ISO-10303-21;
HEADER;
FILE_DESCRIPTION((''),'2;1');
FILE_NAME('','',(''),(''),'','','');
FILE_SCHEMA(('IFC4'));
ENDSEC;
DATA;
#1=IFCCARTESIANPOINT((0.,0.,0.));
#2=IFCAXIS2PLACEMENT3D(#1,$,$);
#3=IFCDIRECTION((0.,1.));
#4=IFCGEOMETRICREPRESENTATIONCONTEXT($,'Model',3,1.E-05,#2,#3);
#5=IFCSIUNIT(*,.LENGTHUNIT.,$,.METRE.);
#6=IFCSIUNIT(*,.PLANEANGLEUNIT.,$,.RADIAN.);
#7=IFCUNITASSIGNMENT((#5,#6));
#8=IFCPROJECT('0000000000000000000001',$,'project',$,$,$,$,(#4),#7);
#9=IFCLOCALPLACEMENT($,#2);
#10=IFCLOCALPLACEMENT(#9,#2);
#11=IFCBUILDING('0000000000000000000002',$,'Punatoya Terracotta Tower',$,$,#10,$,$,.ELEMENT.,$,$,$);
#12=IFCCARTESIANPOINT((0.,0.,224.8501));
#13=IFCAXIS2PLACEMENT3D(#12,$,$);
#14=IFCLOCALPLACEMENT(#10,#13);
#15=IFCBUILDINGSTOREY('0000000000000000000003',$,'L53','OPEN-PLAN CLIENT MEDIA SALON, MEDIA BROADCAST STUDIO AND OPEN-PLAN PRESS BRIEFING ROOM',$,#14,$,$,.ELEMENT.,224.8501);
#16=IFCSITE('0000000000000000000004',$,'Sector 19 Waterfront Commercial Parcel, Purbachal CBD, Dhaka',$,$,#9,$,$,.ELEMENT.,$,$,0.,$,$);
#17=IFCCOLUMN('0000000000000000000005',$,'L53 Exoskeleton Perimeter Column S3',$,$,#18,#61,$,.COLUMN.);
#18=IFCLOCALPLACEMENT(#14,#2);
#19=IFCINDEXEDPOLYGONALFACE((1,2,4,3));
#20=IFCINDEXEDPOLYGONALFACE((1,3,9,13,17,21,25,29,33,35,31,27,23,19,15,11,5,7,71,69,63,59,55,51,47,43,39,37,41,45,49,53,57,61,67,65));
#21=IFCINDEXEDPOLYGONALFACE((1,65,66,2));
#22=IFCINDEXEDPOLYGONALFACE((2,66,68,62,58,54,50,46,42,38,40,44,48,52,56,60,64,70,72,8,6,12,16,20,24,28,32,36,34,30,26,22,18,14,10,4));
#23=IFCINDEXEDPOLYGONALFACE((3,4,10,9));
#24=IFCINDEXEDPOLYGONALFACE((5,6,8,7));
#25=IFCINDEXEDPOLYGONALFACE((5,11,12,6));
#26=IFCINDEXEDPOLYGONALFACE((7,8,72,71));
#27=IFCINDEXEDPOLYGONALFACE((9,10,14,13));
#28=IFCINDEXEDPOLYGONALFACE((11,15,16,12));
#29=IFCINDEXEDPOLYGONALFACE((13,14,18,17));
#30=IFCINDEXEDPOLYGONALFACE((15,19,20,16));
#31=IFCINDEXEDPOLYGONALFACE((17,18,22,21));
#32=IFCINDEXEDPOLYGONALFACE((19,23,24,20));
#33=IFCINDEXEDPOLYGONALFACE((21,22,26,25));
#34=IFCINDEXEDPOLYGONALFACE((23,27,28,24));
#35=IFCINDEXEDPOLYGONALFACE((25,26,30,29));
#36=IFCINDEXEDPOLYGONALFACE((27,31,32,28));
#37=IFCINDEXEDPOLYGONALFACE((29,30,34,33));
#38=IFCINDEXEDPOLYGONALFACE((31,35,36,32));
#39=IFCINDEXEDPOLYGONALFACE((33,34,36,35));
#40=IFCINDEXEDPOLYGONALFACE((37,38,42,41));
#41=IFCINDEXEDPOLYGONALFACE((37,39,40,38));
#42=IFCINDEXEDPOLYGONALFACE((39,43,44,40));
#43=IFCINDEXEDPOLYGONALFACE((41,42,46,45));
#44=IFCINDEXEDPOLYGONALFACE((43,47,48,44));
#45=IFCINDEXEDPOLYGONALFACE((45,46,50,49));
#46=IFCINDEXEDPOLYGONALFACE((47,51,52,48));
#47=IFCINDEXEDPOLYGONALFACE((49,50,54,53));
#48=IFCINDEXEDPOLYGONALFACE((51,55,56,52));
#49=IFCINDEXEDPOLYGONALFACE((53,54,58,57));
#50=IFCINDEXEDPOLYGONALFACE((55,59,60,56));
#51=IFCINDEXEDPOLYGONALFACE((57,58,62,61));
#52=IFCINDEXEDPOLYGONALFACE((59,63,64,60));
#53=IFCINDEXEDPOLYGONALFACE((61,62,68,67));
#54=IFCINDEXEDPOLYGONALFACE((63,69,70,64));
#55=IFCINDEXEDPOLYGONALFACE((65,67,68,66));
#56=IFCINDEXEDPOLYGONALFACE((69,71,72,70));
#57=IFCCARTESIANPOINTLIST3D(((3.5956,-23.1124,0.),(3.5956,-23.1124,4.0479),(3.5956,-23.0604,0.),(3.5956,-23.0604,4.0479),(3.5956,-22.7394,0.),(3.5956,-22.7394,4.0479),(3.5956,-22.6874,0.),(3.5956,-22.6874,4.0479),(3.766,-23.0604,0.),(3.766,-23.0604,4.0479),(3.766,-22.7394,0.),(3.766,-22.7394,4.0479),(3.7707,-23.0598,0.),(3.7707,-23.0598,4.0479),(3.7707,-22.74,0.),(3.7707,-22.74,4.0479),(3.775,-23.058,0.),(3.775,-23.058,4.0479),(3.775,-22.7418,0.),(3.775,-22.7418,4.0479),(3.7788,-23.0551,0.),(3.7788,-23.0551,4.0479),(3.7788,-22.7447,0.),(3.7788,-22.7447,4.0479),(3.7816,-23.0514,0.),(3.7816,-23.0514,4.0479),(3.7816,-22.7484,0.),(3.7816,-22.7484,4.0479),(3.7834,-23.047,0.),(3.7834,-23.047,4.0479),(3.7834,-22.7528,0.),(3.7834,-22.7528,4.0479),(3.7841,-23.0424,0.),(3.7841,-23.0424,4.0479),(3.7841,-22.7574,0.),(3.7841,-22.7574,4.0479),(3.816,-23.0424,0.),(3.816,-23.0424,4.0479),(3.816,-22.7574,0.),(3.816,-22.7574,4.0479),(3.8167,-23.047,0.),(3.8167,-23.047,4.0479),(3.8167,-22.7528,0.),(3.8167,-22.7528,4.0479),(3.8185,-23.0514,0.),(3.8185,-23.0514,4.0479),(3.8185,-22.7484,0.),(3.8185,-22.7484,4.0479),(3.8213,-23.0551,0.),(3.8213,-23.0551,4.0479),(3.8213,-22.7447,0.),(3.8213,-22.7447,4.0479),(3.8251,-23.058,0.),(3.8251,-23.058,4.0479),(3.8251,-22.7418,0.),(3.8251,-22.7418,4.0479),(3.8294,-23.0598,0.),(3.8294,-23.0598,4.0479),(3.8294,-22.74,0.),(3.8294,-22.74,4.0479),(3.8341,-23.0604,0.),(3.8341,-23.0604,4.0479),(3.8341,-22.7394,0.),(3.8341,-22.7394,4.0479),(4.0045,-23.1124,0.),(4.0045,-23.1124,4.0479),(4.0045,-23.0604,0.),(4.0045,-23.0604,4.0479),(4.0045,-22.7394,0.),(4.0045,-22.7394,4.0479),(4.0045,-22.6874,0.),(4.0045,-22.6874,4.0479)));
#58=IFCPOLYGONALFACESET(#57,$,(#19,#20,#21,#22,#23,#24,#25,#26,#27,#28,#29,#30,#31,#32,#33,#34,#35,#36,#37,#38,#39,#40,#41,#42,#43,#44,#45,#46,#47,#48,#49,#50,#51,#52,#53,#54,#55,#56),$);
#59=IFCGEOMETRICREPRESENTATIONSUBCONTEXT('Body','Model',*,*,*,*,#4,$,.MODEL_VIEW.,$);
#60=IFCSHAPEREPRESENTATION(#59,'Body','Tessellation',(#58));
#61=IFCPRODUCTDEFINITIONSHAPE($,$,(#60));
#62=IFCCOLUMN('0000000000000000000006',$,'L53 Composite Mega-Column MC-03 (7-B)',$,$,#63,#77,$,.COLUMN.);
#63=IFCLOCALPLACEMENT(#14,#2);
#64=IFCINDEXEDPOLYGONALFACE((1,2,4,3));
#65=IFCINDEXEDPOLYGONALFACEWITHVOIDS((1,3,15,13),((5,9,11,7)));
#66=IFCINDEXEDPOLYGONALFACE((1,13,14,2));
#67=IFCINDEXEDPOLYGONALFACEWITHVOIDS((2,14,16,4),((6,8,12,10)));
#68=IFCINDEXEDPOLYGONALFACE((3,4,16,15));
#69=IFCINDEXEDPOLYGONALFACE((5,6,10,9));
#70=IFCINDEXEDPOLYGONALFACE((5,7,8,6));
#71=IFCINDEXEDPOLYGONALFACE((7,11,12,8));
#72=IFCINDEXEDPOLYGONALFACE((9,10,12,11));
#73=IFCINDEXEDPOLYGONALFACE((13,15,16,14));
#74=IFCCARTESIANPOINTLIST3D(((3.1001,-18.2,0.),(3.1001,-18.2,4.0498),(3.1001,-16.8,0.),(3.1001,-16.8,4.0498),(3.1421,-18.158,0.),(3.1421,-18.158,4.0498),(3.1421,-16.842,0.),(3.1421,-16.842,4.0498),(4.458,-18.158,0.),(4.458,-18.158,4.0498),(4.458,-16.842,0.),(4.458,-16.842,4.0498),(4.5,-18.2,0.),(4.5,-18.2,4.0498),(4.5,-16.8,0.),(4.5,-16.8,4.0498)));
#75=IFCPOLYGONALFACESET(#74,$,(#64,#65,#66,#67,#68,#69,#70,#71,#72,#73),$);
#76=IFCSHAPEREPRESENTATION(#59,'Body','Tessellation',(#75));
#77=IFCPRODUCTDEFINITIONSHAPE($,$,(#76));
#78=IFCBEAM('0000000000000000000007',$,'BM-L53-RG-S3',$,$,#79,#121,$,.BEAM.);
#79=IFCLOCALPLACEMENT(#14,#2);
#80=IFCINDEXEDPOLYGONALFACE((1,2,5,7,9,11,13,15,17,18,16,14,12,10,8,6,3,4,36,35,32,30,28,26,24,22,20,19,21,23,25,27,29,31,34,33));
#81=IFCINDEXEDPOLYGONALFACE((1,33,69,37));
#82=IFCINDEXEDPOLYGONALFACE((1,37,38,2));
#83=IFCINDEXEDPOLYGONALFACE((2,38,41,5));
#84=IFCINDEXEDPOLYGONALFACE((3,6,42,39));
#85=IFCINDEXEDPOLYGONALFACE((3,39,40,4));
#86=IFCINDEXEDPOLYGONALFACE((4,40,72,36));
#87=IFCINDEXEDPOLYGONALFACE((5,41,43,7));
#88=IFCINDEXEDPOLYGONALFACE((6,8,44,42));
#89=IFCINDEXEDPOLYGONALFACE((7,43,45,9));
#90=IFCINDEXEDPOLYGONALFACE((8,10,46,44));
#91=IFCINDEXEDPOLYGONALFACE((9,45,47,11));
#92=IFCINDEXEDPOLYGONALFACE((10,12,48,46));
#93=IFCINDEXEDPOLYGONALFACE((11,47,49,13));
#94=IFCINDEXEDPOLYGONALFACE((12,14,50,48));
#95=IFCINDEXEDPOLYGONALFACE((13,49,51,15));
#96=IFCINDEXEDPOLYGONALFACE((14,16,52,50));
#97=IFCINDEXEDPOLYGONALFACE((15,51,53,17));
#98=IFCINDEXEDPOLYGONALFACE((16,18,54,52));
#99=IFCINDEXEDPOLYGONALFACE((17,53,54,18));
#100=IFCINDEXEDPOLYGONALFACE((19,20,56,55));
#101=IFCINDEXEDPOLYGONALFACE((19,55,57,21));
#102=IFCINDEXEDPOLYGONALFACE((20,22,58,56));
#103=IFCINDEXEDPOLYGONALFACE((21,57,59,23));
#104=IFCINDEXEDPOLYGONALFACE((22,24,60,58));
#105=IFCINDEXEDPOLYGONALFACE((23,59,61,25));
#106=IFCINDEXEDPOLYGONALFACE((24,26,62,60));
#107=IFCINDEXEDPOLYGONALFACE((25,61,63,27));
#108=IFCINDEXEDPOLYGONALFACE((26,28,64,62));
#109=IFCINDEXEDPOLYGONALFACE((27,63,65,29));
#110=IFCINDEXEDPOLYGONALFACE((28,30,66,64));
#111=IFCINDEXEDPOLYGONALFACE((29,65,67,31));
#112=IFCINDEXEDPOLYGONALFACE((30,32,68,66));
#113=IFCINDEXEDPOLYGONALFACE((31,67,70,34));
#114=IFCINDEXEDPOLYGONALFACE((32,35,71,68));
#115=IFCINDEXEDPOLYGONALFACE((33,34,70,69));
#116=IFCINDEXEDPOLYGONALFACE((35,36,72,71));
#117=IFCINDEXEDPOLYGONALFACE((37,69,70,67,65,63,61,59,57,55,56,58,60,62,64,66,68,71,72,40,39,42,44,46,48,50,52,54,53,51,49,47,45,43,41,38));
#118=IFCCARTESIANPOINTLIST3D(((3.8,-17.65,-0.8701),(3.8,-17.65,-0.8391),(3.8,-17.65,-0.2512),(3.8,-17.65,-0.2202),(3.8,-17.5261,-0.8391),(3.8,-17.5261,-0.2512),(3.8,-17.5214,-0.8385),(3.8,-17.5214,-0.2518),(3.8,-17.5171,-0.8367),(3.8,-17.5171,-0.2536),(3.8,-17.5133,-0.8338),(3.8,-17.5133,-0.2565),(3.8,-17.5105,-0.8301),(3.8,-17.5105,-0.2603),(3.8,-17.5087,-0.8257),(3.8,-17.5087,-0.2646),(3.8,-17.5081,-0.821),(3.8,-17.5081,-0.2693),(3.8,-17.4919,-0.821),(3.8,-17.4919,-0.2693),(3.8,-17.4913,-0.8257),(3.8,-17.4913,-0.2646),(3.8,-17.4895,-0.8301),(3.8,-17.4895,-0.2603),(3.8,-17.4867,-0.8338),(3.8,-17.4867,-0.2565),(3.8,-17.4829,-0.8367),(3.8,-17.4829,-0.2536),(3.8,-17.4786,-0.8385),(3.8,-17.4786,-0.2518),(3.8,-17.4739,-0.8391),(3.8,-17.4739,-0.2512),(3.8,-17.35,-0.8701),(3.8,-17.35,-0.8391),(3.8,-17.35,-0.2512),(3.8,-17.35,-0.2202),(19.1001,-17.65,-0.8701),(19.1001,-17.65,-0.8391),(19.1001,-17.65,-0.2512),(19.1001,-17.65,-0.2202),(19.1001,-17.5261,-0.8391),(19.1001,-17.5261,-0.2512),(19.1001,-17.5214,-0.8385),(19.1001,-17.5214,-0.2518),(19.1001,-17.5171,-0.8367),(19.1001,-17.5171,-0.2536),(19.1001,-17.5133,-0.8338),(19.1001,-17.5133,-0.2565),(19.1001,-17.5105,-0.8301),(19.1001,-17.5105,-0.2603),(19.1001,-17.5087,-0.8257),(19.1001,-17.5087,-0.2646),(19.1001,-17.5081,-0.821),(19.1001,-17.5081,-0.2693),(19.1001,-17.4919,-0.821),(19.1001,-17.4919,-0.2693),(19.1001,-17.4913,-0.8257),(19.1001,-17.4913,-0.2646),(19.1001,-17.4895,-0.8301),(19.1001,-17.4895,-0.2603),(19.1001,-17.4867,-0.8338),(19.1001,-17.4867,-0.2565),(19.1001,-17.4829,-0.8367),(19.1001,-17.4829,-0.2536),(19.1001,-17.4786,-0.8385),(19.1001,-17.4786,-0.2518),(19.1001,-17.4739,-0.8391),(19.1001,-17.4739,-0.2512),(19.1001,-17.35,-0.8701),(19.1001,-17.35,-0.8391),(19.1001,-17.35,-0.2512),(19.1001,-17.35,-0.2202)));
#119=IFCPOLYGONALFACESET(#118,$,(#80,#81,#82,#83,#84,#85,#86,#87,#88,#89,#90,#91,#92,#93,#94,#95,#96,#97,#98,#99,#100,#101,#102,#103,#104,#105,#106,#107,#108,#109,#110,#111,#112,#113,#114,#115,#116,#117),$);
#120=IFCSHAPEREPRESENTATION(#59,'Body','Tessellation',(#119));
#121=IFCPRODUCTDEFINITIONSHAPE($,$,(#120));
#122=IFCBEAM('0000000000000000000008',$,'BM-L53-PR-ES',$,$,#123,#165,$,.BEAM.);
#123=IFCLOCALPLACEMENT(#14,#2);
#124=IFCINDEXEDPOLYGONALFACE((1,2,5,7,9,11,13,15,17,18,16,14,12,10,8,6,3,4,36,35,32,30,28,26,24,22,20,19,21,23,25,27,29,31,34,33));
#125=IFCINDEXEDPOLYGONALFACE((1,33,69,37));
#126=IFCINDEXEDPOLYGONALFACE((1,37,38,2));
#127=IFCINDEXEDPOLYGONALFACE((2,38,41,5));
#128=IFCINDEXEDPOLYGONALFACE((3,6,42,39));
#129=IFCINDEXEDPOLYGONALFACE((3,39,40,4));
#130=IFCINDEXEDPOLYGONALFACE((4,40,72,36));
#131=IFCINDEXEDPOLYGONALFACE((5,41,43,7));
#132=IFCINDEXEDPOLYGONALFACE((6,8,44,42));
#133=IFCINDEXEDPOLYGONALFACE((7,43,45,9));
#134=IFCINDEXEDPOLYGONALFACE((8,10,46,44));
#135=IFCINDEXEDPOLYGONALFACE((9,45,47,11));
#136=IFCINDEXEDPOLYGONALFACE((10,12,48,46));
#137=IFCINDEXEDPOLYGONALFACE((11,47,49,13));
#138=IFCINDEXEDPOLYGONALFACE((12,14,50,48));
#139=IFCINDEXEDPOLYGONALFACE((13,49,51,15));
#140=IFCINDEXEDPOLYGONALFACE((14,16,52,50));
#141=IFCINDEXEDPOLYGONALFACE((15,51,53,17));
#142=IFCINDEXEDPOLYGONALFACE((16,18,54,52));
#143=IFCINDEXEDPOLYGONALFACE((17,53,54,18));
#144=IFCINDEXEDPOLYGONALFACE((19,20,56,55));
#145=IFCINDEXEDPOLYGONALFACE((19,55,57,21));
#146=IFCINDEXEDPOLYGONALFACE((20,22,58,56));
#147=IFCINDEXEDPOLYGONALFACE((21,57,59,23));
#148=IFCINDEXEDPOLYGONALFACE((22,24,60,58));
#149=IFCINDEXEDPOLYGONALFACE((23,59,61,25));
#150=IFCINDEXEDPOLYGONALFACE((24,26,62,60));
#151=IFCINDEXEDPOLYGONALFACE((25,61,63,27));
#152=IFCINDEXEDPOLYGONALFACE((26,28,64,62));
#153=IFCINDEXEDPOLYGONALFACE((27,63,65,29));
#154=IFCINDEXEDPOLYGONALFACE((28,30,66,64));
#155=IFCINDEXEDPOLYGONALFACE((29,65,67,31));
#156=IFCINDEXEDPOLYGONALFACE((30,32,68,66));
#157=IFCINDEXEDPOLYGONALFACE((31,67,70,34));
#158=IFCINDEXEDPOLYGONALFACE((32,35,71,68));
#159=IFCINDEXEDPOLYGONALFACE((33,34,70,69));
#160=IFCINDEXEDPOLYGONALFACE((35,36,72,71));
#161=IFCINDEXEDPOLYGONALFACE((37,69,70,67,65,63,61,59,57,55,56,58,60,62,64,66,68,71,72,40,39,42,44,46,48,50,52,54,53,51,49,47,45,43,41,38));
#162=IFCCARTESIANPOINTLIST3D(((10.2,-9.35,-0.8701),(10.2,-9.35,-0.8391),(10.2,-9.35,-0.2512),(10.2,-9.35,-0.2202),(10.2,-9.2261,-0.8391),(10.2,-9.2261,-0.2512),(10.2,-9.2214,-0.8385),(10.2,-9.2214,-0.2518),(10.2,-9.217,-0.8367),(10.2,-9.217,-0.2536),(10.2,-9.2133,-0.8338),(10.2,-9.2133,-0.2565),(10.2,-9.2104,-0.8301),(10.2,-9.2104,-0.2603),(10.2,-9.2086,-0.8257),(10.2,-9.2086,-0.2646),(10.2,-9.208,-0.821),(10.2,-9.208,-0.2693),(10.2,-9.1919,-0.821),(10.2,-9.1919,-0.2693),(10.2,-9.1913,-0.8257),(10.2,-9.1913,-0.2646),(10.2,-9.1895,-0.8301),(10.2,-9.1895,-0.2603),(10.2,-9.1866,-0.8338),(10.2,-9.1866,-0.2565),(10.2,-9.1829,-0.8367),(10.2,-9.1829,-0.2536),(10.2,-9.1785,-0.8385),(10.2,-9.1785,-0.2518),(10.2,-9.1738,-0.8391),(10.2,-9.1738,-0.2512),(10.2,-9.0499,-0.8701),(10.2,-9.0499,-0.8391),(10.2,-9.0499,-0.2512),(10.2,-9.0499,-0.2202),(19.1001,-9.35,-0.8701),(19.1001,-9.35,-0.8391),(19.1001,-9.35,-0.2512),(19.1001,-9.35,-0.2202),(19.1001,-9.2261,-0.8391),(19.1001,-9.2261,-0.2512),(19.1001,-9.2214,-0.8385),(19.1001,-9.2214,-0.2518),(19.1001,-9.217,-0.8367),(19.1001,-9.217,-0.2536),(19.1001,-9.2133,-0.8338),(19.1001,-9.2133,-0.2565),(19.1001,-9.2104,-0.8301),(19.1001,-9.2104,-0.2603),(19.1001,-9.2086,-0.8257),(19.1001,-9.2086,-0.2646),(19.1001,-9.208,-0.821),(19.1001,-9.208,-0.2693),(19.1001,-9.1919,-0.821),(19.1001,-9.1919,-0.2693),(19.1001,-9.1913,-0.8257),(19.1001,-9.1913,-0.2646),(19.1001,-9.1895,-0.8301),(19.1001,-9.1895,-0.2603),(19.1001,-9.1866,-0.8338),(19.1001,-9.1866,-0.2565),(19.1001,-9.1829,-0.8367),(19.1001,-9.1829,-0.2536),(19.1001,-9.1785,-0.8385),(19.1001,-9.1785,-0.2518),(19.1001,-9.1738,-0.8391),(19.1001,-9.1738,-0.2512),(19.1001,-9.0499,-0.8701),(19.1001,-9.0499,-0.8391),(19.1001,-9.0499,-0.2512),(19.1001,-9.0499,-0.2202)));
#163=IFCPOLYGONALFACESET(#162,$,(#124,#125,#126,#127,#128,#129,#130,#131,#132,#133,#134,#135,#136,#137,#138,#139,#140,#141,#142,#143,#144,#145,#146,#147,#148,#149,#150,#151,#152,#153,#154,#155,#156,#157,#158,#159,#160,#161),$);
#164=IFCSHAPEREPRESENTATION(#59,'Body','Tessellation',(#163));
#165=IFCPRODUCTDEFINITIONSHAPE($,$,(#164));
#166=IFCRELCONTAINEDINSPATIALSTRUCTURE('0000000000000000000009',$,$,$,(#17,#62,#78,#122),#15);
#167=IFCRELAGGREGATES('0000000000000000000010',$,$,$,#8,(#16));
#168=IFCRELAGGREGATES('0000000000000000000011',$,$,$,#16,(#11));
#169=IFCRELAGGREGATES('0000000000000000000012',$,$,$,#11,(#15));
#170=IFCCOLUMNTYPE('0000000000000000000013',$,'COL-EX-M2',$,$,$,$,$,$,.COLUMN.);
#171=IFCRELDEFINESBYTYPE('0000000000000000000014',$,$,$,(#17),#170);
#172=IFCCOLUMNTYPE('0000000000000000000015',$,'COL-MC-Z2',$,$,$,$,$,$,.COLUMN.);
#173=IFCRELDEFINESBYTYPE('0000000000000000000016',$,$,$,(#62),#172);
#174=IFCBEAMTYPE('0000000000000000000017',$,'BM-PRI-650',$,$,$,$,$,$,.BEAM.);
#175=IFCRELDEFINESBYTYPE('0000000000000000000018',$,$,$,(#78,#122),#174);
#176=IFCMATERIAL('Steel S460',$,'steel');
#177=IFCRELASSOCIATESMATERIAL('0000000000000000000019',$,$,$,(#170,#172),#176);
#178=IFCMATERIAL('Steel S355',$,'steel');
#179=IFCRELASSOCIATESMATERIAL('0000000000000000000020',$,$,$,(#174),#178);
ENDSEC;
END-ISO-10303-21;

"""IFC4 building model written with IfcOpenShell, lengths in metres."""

from ifc_helpers import new_model, si_unit, direction, frame, origin, origin_2d, place, context, subcontext, project, spatial, hollow_rectangle, i_section, extrude, material, material_profile, profile_set, type_object, element, save


model = new_model("IFC4")

# Units and contexts
model_context = context("Model", 3, precision=1e-05, world=origin(), true_north=direction((0.0, 1.0)))
body_context = subcontext(model_context, "Body", "Model", "MODEL_VIEW")
ifc_project = project(units=[si_unit("LENGTHUNIT", "METRE"), si_unit("PLANEANGLEUNIT", "RADIAN")], contexts=[model_context])

# Site, building, storey
site_placement = place(None, origin())
site = spatial("IfcSite", under=ifc_project, at=site_placement, Name="Sector 19 Waterfront Commercial Parcel, Purbachal CBD, Dhaka", CompositionType="ELEMENT", RefElevation=0.0)
building_placement = place(site_placement, origin())
building = spatial("IfcBuilding", under=site, at=building_placement, Name="Punatoya Terracotta Tower", CompositionType="ELEMENT")
storey_placement = place(building_placement, frame((0.0, 0.0, 224.8501)))
storey = spatial("IfcBuildingStorey", under=building, at=storey_placement, Name="L53", Description="OPEN-PLAN CLIENT MEDIA SALON, MEDIA BROADCAST STUDIO AND OPEN-PLAN PRESS BRIEFING ROOM", CompositionType="ELEMENT", Elevation=224.8501)

# Columns
ifc_material_1 = material(Name="Steel S460", Category="steel")
ifc_material_profile_1 = material_profile(ifc_material_1, i_section(OverallWidth=0.4089, OverallDepth=0.425, WebThickness=0.032, FlangeThickness=0.052, FilletRadius=0.0181, at=origin_2d()))
ifc_profile_set_1 = profile_set([ifc_material_profile_1], Name="Steel S460")
column_type_1 = type_object("IfcColumnType", Name="COL-EX-M2", PredefinedType="COLUMN", material=ifc_profile_set_1)
column_1_placement = place(storey_placement, frame((3.8, -22.8999, 0.0), z_axis=(0.0, 0.0, 1.0), x_axis=(1.0, 0.0, 0.0)))
element("IfcColumn", 1, at=column_1_placement, inside=storey, type_object=column_type_1, Name="L53 Exoskeleton Perimeter Column S3", PredefinedType="COLUMN", context=body_context, shape_type="SweptSolid", body=[
    extrude(i_section(OverallWidth=0.4089, OverallDepth=0.425, WebThickness=0.032, FlangeThickness=0.052, FilletRadius=0.0181, at=origin_2d()), origin(), (0.0, 0.0, 1.0), 4.0479),
])
ifc_material_profile_2 = material_profile(ifc_material_1, hollow_rectangle(XDim=1.3999, YDim=1.3999, WallThickness=0.042, at=origin_2d()))
ifc_profile_set_2 = profile_set([ifc_material_profile_2], Name="Steel S460")
column_type_2 = type_object("IfcColumnType", Name="COL-MC-Z2", PredefinedType="COLUMN", material=ifc_profile_set_2)
column_2_placement = place(storey_placement, frame((3.8, -17.5, 0.0), z_axis=(0.0, 0.0, 1.0), x_axis=(1.0, 0.0, 0.0)))
element("IfcColumn", 2, at=column_2_placement, inside=storey, type_object=column_type_2, Name="L53 Composite Mega-Column MC-03 (7-B)", PredefinedType="COLUMN", context=body_context, shape_type="SweptSolid", body=[
    extrude(hollow_rectangle(XDim=1.3999, YDim=1.3999, WallThickness=0.042, at=origin_2d()), origin(), (0.0, 0.0, 1.0), 4.0498),
])

# Beams
ifc_material_2 = material(Name="Steel S355", Category="steel")
ifc_material_profile_3 = material_profile(ifc_material_2, i_section(OverallWidth=0.3, OverallDepth=0.6499, WebThickness=0.0161, FlangeThickness=0.031, FilletRadius=0.0181, at=origin_2d()))
ifc_profile_set_3 = profile_set([ifc_material_profile_3], Name="Steel S355")
beam_type_1 = type_object("IfcBeamType", Name="BM-PRI-650", PredefinedType="BEAM", material=ifc_profile_set_3)
beam_1_placement = place(storey_placement, frame((3.8, -17.5, -0.5452), z_axis=(1.0, 0.0, 0.0), x_axis=(0.0, 1.0, 0.0)))
element("IfcBeam", 3, at=beam_1_placement, inside=storey, type_object=beam_type_1, Name="BM-L53-RG-S3", PredefinedType="BEAM", context=body_context, shape_type="SweptSolid", body=[
    extrude(i_section(OverallWidth=0.3, OverallDepth=0.6499, WebThickness=0.0161, FlangeThickness=0.031, FilletRadius=0.0181, at=origin_2d()), origin(), (0.0, 0.0, 1.0), 15.3),
])
beam_2_placement = place(storey_placement, frame((10.2, -9.2, -0.5452), z_axis=(1.0, 0.0, 0.0), x_axis=(0.0, 1.0, 0.0)))
element("IfcBeam", 4, at=beam_2_placement, inside=storey, type_object=beam_type_1, Name="BM-L53-PR-ES", PredefinedType="BEAM", context=body_context, shape_type="SweptSolid", body=[
    extrude(i_section(OverallWidth=0.3, OverallDepth=0.6499, WebThickness=0.0161, FlangeThickness=0.031, FilletRadius=0.0181, at=origin_2d()), origin(), (0.0, 0.0, 1.0), 8.9001),
])

save(model, "model.ifc")
